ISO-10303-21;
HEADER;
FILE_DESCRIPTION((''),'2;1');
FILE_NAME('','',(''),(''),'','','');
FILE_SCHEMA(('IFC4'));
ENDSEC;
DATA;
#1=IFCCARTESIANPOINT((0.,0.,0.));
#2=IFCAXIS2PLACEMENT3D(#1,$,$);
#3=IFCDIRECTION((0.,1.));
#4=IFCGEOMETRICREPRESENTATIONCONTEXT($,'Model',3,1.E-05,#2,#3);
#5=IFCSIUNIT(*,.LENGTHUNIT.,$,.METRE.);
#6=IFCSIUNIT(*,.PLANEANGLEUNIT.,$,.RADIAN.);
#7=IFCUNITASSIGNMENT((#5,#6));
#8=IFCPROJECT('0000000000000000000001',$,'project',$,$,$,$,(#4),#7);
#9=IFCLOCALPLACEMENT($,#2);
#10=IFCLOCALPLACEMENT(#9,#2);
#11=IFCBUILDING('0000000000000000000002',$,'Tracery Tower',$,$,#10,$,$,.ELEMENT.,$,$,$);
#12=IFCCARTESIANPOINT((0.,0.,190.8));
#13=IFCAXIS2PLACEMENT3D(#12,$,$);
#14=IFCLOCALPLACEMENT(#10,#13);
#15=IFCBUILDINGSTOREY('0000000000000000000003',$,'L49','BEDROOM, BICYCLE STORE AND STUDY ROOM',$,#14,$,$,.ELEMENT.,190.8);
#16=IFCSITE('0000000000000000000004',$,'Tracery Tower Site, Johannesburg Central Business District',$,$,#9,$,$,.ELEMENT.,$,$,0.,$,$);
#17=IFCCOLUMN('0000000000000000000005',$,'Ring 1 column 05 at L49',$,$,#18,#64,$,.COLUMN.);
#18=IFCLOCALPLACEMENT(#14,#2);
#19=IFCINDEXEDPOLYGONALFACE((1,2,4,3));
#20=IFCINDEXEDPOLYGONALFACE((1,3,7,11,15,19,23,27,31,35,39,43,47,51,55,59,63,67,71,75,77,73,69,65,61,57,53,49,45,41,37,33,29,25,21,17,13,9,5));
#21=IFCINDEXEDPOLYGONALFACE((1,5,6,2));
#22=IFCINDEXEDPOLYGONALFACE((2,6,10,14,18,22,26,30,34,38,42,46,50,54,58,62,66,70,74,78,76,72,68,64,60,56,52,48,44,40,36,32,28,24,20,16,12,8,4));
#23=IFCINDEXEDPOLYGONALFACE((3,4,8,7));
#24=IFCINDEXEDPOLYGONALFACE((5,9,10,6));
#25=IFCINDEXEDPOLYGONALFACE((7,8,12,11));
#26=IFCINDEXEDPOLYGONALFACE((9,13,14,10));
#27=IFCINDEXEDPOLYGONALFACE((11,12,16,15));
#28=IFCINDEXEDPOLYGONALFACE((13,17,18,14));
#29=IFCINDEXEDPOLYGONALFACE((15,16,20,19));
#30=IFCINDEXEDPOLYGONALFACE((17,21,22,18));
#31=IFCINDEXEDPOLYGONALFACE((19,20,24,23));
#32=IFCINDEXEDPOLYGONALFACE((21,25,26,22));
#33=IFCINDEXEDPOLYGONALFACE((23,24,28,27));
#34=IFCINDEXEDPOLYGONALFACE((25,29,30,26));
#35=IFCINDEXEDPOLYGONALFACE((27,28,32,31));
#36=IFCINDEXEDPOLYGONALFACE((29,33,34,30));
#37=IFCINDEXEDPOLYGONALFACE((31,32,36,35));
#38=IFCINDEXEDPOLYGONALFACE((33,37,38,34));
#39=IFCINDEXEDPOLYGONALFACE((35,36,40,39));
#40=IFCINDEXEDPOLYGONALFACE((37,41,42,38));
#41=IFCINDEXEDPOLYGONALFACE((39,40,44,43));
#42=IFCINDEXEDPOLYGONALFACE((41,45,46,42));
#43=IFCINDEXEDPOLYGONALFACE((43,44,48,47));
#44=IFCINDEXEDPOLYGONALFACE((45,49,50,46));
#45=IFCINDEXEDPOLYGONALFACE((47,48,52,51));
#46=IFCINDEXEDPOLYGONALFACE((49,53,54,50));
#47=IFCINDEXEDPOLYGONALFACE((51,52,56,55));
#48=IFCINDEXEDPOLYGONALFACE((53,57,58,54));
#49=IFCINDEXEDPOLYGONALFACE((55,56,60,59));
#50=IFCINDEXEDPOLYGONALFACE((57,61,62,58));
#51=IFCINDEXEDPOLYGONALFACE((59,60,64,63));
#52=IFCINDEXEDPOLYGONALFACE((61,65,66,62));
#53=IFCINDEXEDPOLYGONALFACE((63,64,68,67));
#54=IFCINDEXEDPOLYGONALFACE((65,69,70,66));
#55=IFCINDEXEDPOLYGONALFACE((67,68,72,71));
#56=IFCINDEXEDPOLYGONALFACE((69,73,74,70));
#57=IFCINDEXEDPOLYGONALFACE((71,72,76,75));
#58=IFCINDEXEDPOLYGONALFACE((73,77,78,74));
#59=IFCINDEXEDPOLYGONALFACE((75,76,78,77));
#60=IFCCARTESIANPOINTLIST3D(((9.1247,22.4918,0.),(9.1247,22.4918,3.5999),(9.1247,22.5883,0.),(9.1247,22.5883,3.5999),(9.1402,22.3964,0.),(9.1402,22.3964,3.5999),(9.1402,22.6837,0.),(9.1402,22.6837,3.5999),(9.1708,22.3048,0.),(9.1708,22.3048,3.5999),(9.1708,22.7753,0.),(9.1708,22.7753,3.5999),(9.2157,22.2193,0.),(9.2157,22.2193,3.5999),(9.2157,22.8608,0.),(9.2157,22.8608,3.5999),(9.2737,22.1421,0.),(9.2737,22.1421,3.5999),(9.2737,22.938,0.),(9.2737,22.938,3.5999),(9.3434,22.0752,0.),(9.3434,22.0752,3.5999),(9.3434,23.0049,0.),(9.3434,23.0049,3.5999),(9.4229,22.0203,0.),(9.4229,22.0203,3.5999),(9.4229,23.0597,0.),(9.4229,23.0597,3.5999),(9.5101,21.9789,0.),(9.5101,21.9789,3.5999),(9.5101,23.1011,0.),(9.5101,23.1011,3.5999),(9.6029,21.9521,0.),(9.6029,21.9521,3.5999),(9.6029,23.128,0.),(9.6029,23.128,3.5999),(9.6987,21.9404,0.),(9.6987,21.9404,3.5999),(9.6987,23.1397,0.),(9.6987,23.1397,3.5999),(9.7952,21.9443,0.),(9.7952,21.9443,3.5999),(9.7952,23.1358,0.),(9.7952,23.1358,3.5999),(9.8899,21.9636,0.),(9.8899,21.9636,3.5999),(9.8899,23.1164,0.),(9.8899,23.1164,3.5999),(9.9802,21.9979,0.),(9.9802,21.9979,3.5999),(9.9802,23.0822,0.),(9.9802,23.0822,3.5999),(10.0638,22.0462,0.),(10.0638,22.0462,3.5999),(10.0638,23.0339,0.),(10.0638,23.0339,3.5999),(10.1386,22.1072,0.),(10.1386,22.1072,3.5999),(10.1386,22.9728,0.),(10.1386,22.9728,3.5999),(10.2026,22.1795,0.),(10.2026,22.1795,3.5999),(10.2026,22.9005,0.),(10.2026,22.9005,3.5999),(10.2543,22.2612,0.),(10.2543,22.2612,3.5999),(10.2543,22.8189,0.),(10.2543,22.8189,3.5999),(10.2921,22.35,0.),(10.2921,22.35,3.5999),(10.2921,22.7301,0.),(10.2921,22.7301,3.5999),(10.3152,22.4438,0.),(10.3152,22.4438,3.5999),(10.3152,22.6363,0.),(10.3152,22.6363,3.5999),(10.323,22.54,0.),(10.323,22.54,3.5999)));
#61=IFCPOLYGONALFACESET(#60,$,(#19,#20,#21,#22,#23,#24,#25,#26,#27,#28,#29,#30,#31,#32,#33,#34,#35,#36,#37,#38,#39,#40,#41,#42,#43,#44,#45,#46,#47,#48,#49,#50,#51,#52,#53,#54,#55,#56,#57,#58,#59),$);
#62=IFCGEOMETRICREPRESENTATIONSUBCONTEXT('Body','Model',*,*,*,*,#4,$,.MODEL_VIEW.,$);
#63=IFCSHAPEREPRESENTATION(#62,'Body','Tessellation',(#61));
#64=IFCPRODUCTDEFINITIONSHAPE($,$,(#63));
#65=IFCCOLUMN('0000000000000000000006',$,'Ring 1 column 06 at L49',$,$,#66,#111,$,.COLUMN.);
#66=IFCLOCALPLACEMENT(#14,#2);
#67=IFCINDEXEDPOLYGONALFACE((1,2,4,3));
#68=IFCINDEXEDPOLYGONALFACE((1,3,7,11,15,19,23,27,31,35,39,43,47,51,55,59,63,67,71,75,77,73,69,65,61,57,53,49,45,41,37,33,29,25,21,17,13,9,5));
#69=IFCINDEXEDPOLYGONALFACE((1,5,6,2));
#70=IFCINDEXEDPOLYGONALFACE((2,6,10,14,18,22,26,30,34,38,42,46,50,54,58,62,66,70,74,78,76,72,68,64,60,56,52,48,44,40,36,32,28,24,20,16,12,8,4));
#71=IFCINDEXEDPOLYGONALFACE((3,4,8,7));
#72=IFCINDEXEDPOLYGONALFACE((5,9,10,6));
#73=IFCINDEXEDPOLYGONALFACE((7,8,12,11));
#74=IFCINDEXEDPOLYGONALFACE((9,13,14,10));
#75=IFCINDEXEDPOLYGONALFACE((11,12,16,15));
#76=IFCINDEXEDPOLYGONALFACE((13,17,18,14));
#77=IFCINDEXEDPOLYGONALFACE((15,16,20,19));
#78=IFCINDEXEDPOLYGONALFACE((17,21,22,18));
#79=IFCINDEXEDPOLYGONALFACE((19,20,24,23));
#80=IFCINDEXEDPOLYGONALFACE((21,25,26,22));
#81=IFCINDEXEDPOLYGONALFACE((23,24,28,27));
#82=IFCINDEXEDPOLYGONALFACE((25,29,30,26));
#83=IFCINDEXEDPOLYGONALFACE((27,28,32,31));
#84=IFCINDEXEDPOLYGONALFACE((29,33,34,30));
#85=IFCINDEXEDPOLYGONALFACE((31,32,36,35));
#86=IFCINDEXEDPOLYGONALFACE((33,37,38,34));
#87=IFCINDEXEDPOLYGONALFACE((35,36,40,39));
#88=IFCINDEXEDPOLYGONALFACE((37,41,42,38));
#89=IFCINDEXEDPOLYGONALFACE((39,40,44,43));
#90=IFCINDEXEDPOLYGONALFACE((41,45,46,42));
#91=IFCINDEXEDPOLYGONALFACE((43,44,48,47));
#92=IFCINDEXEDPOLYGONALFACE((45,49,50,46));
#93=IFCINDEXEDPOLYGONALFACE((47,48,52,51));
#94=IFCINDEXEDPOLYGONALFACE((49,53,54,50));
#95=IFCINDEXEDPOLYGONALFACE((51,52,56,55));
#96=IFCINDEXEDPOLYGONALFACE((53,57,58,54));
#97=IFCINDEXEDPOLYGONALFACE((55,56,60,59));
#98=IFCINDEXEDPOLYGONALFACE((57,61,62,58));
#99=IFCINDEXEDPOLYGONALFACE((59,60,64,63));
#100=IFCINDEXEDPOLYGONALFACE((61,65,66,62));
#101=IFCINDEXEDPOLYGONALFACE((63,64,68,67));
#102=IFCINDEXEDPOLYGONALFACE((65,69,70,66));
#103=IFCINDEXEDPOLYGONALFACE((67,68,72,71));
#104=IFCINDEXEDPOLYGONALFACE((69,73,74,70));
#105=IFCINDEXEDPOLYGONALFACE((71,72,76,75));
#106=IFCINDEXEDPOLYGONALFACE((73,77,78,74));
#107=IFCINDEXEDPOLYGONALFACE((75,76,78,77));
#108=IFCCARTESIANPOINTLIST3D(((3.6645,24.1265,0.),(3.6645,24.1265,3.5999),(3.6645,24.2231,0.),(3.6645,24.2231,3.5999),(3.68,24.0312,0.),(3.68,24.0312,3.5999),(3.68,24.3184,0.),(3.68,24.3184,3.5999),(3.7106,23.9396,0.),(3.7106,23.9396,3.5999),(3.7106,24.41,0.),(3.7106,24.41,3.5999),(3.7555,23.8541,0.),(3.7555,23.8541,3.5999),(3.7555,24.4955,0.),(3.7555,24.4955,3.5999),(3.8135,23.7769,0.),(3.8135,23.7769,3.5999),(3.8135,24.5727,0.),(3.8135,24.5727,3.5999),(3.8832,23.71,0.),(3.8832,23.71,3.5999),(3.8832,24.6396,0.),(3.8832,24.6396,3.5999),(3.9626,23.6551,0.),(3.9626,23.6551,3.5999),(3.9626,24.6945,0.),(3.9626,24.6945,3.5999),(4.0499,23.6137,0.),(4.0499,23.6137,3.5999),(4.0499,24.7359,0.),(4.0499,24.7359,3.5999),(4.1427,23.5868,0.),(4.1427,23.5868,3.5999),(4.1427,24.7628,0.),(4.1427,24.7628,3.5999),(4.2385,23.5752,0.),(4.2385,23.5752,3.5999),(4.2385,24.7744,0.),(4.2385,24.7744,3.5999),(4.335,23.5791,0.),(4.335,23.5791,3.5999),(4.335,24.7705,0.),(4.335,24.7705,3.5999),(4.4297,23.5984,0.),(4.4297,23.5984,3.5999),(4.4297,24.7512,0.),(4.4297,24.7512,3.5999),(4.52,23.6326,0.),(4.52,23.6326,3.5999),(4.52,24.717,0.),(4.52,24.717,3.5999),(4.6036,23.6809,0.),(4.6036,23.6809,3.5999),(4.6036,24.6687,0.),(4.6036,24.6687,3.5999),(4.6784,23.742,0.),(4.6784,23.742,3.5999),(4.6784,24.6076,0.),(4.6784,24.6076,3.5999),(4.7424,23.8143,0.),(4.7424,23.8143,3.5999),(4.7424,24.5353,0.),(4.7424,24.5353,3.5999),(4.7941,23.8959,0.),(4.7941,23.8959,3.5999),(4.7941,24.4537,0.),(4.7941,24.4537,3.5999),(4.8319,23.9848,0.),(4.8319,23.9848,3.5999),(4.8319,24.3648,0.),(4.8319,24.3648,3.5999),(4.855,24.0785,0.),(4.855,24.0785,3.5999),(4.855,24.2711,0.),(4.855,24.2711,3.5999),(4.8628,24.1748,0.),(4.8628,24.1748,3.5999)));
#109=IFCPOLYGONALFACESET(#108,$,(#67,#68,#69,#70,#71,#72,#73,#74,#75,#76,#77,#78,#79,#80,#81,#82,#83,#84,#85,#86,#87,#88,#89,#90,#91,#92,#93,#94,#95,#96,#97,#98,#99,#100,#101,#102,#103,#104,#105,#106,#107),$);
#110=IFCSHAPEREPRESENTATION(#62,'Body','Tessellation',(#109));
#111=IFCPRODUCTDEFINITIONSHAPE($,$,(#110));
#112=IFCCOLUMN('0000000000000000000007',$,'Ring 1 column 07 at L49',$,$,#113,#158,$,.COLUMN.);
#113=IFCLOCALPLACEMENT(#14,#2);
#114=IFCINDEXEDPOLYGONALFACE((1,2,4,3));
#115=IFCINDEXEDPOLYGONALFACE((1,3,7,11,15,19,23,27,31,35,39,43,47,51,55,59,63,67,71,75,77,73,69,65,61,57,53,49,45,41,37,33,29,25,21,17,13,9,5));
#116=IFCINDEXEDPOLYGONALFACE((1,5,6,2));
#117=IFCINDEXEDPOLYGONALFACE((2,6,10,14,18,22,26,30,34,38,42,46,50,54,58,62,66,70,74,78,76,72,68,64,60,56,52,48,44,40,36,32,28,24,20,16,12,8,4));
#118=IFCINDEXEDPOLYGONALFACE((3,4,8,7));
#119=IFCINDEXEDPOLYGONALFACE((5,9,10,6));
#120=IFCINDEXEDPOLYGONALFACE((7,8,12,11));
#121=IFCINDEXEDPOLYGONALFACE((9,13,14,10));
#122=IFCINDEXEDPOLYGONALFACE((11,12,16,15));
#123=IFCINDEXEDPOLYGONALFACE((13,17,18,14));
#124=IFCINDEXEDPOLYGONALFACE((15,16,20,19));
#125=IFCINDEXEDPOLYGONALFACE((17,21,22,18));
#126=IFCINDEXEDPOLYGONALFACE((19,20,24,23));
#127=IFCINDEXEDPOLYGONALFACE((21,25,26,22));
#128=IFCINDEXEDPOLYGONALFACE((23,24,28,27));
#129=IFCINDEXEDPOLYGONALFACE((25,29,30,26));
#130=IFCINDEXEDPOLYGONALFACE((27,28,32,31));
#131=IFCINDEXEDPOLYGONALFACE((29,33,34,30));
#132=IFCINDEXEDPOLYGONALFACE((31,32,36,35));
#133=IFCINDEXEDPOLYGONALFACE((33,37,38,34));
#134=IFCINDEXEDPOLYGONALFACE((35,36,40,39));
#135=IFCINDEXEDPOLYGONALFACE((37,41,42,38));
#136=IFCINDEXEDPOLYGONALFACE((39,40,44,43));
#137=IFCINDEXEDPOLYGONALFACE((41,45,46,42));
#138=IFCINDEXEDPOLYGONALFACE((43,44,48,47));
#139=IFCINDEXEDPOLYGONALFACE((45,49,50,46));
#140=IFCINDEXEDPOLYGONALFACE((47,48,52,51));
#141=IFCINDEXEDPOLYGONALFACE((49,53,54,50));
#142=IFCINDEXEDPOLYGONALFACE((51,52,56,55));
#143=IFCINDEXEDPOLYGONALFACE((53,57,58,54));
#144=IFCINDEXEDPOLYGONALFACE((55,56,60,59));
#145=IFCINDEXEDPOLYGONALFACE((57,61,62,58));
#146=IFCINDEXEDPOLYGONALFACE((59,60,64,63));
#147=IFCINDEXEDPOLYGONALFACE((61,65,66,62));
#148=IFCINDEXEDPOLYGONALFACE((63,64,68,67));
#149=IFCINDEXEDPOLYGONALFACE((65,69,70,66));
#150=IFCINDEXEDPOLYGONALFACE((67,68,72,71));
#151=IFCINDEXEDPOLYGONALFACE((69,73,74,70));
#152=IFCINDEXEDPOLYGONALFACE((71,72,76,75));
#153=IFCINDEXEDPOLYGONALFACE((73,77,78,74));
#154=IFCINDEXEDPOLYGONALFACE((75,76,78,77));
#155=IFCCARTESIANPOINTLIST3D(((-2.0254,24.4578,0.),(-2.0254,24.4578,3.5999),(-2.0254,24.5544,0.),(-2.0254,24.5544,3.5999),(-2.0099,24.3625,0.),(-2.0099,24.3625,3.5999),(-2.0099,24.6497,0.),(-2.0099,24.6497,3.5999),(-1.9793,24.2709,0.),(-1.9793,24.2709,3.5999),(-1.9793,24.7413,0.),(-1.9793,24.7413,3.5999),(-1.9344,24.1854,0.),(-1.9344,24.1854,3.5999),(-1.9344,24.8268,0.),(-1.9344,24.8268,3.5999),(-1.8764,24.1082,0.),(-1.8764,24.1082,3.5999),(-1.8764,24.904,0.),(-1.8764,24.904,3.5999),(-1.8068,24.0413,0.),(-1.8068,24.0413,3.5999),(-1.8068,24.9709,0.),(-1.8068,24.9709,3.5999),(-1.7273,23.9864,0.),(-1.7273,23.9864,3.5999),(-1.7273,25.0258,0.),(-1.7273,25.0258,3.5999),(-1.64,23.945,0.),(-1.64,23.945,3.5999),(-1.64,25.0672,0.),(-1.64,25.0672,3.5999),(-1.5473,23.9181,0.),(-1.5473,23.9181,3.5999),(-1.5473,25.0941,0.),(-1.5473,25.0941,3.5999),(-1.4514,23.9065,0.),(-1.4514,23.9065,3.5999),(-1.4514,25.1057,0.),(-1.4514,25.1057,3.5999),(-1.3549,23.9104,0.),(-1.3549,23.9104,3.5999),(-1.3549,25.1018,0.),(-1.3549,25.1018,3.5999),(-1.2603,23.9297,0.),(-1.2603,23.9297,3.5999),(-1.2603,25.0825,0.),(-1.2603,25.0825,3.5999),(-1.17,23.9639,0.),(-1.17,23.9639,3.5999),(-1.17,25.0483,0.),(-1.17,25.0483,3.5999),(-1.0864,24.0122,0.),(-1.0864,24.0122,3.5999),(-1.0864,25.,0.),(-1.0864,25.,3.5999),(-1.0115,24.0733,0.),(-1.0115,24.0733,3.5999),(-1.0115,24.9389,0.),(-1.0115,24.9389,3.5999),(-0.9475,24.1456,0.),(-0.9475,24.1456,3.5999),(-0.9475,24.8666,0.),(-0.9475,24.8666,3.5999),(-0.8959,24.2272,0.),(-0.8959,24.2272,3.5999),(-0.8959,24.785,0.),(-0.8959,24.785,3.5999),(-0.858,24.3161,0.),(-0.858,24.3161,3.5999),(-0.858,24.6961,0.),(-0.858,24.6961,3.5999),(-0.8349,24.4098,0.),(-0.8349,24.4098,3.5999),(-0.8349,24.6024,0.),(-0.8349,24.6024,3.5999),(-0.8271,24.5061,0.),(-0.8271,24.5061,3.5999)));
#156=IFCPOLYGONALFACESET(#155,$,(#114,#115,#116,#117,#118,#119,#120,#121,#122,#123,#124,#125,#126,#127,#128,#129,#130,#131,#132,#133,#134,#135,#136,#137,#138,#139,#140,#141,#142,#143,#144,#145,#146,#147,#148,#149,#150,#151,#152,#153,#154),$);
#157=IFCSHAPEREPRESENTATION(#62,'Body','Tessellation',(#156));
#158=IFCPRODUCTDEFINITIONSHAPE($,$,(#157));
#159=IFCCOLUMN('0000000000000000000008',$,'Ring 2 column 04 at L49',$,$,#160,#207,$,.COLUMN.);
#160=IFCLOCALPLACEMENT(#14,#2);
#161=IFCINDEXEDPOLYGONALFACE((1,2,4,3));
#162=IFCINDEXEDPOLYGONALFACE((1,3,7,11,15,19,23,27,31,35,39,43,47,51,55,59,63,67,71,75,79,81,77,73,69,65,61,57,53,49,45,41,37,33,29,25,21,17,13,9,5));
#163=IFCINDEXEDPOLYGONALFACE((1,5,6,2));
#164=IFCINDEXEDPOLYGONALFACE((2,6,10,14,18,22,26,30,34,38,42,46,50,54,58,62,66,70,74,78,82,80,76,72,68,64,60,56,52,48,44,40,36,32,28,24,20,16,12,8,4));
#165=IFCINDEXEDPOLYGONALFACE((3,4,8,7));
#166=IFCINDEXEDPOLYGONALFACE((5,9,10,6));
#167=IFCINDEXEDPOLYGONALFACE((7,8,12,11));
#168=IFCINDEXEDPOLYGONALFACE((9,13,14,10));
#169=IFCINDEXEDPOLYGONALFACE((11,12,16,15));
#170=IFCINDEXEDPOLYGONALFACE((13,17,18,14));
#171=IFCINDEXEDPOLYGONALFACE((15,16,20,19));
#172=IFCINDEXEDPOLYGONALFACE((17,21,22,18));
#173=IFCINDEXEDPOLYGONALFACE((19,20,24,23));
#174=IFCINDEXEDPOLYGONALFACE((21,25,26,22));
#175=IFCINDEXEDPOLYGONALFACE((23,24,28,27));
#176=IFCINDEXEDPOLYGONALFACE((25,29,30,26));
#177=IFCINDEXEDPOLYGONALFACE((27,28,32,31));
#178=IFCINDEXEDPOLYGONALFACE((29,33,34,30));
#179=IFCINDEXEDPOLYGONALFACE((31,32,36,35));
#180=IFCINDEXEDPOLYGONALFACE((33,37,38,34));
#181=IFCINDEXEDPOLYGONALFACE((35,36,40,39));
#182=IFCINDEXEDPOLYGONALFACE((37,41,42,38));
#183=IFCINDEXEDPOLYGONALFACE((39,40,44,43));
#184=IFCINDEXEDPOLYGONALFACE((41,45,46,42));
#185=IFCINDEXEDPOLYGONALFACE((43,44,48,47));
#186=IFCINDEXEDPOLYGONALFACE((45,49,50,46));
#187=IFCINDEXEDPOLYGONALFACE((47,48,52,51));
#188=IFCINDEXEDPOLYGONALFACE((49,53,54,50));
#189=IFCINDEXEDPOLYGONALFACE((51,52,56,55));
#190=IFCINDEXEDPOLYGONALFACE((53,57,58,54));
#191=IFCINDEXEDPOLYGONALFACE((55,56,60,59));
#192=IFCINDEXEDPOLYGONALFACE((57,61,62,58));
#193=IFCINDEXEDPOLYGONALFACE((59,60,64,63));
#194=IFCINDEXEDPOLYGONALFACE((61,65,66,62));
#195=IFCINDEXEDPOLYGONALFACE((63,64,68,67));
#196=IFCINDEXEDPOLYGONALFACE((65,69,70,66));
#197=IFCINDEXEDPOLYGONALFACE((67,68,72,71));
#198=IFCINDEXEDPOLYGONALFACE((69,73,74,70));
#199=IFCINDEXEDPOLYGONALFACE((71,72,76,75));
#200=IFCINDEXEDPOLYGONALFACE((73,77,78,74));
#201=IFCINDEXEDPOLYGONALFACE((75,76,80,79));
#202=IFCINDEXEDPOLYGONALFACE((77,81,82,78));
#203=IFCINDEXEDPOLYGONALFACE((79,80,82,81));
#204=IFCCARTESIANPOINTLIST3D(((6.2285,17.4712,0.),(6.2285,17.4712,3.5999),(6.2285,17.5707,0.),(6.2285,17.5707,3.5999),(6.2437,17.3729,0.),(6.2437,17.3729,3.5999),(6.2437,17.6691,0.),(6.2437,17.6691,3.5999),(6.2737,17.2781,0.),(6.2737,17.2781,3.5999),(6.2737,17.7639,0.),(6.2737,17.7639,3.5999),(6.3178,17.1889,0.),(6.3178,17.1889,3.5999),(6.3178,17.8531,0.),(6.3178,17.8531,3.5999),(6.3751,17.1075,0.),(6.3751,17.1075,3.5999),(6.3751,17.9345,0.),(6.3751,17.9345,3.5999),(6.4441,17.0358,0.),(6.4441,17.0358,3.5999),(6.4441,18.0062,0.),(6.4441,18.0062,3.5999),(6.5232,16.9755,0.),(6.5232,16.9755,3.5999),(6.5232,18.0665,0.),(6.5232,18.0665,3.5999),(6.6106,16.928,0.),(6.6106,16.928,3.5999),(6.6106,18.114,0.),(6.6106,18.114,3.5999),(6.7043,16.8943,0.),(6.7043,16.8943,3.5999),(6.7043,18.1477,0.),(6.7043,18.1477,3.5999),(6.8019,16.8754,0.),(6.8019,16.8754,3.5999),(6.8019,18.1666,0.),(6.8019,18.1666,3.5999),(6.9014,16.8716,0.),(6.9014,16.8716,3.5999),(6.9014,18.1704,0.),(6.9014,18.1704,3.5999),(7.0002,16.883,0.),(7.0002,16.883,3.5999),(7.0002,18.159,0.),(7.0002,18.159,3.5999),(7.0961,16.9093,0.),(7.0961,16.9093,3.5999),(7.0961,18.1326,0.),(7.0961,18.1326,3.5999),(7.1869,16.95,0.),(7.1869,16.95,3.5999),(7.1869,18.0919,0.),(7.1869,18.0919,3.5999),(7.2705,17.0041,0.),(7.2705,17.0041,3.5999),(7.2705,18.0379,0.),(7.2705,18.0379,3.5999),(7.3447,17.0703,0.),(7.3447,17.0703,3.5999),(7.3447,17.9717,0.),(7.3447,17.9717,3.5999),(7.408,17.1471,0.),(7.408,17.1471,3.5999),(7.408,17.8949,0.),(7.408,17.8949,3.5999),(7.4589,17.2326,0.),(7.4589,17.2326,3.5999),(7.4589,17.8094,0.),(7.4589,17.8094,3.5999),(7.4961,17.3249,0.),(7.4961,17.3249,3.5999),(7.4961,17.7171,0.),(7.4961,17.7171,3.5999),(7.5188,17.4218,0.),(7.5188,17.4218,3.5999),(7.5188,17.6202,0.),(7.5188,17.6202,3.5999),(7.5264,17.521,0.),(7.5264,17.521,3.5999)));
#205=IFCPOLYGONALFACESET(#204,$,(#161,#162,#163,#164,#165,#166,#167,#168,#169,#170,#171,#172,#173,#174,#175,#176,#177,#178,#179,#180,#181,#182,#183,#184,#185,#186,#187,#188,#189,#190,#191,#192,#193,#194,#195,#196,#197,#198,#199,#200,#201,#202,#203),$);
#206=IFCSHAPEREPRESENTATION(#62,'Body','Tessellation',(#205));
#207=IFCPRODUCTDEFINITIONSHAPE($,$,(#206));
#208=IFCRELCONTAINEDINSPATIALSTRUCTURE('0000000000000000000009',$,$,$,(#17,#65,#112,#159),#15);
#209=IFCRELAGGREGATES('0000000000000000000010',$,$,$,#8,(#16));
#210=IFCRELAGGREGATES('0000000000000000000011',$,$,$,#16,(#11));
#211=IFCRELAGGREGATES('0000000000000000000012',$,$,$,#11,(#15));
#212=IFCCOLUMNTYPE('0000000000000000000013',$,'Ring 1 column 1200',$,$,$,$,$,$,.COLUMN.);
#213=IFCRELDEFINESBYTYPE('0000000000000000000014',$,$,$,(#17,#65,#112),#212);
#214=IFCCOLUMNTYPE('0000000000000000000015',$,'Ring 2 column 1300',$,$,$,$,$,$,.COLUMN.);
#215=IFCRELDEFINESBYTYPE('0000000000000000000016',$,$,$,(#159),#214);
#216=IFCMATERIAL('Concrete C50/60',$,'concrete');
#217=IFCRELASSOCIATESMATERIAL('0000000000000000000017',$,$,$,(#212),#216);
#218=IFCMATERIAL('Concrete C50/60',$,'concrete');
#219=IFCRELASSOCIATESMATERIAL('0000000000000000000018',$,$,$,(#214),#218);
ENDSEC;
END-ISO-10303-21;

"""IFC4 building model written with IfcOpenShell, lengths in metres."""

from ifc_helpers import new_model, si_unit, direction, frame, origin, origin_2d, place, context, subcontext, project, spatial, circle, extrude, material, material_profile, profile_set, type_object, element, save


model = new_model("IFC4")

# Units and contexts
model_context = context("Model", 3, precision=1e-05, world=origin(), true_north=direction((0.0, 1.0)))
body_context = subcontext(model_context, "Body", "Model", "MODEL_VIEW")
ifc_project = project(units=[si_unit("LENGTHUNIT", "METRE"), si_unit("PLANEANGLEUNIT", "RADIAN")], contexts=[model_context])

# Site, building, storey
site_placement = place(None, origin())
site = spatial("IfcSite", under=ifc_project, at=site_placement, Name="Tracery Tower Site, Johannesburg Central Business District", CompositionType="ELEMENT", RefElevation=0.0)
building_placement = place(site_placement, origin())
building = spatial("IfcBuilding", under=site, at=building_placement, Name="Tracery Tower", CompositionType="ELEMENT")
storey_placement = place(building_placement, frame((0.0, 0.0, 190.8)))
storey = spatial("IfcBuildingStorey", under=building, at=storey_placement, Name="L49", Description="BEDROOM, BICYCLE STORE AND STUDY ROOM", CompositionType="ELEMENT", Elevation=190.8)

# Columns
ifc_material_1 = material(Name="Concrete C50/60", Category="concrete")
ifc_material_profile_1 = material_profile(ifc_material_1, circle(Radius=0.6001, at=origin_2d()), Name="RC D1200")
ifc_profile_set_1 = profile_set([ifc_material_profile_1], Name="Concrete C50/60")
column_type_1 = type_object("IfcColumnType", Name="Ring 1 column 1200", PredefinedType="COLUMN", material=ifc_profile_set_1)
for number, where, z_axis, x_axis, name in (
    (1, (9.7229, 22.54, 0.0), (0.0, 0.0, 1.0), (1.0, 0.0, 0.0), "Ring 1 column 05 at L49"),
    (2, (4.2627, 24.1748, 0.0), (0.0, 0.0, 1.0), (1.0, 0.0, 0.0), "Ring 1 column 06 at L49"),
    (3, (-1.4272, 24.5061, 0.0), (0.0, 0.0, 1.0), (1.0, 0.0, 0.0), "Ring 1 column 07 at L49"),
):
    element("IfcColumn", number, at=place(storey_placement, frame(where, z_axis=z_axis, x_axis=x_axis)), inside=storey, type_object=column_type_1, Name=name, PredefinedType="COLUMN", context=body_context, shape_type="SweptSolid", body=[
        extrude(circle(Radius=0.6001, at=origin_2d()), origin(), (0.0, 0.0, 1.0), 3.5999),
    ])
ifc_material_2 = material(Name="Concrete C50/60", Category="concrete")
ifc_material_profile_2 = material_profile(ifc_material_2, circle(Radius=0.6499, at=origin_2d()), Name="RC D1300")
ifc_profile_set_2 = profile_set([ifc_material_profile_2], Name="Concrete C50/60")
column_type_2 = type_object("IfcColumnType", Name="Ring 2 column 1300", PredefinedType="COLUMN", material=ifc_profile_set_2)
for number, where, z_axis, x_axis, name in (
    (4, (6.8765, 17.521, 0.0), (0.0, 0.0, 1.0), (1.0, 0.0, 0.0), "Ring 2 column 04 at L49"),
):
    element("IfcColumn", number, at=place(storey_placement, frame(where, z_axis=z_axis, x_axis=x_axis)), inside=storey, type_object=column_type_2, Name=name, PredefinedType="COLUMN", context=body_context, shape_type="SweptSolid", body=[
        extrude(circle(Radius=0.6499, at=origin_2d()), origin(), (0.0, 0.0, 1.0), 3.5999),
    ])

save(model, "model.ifc")
